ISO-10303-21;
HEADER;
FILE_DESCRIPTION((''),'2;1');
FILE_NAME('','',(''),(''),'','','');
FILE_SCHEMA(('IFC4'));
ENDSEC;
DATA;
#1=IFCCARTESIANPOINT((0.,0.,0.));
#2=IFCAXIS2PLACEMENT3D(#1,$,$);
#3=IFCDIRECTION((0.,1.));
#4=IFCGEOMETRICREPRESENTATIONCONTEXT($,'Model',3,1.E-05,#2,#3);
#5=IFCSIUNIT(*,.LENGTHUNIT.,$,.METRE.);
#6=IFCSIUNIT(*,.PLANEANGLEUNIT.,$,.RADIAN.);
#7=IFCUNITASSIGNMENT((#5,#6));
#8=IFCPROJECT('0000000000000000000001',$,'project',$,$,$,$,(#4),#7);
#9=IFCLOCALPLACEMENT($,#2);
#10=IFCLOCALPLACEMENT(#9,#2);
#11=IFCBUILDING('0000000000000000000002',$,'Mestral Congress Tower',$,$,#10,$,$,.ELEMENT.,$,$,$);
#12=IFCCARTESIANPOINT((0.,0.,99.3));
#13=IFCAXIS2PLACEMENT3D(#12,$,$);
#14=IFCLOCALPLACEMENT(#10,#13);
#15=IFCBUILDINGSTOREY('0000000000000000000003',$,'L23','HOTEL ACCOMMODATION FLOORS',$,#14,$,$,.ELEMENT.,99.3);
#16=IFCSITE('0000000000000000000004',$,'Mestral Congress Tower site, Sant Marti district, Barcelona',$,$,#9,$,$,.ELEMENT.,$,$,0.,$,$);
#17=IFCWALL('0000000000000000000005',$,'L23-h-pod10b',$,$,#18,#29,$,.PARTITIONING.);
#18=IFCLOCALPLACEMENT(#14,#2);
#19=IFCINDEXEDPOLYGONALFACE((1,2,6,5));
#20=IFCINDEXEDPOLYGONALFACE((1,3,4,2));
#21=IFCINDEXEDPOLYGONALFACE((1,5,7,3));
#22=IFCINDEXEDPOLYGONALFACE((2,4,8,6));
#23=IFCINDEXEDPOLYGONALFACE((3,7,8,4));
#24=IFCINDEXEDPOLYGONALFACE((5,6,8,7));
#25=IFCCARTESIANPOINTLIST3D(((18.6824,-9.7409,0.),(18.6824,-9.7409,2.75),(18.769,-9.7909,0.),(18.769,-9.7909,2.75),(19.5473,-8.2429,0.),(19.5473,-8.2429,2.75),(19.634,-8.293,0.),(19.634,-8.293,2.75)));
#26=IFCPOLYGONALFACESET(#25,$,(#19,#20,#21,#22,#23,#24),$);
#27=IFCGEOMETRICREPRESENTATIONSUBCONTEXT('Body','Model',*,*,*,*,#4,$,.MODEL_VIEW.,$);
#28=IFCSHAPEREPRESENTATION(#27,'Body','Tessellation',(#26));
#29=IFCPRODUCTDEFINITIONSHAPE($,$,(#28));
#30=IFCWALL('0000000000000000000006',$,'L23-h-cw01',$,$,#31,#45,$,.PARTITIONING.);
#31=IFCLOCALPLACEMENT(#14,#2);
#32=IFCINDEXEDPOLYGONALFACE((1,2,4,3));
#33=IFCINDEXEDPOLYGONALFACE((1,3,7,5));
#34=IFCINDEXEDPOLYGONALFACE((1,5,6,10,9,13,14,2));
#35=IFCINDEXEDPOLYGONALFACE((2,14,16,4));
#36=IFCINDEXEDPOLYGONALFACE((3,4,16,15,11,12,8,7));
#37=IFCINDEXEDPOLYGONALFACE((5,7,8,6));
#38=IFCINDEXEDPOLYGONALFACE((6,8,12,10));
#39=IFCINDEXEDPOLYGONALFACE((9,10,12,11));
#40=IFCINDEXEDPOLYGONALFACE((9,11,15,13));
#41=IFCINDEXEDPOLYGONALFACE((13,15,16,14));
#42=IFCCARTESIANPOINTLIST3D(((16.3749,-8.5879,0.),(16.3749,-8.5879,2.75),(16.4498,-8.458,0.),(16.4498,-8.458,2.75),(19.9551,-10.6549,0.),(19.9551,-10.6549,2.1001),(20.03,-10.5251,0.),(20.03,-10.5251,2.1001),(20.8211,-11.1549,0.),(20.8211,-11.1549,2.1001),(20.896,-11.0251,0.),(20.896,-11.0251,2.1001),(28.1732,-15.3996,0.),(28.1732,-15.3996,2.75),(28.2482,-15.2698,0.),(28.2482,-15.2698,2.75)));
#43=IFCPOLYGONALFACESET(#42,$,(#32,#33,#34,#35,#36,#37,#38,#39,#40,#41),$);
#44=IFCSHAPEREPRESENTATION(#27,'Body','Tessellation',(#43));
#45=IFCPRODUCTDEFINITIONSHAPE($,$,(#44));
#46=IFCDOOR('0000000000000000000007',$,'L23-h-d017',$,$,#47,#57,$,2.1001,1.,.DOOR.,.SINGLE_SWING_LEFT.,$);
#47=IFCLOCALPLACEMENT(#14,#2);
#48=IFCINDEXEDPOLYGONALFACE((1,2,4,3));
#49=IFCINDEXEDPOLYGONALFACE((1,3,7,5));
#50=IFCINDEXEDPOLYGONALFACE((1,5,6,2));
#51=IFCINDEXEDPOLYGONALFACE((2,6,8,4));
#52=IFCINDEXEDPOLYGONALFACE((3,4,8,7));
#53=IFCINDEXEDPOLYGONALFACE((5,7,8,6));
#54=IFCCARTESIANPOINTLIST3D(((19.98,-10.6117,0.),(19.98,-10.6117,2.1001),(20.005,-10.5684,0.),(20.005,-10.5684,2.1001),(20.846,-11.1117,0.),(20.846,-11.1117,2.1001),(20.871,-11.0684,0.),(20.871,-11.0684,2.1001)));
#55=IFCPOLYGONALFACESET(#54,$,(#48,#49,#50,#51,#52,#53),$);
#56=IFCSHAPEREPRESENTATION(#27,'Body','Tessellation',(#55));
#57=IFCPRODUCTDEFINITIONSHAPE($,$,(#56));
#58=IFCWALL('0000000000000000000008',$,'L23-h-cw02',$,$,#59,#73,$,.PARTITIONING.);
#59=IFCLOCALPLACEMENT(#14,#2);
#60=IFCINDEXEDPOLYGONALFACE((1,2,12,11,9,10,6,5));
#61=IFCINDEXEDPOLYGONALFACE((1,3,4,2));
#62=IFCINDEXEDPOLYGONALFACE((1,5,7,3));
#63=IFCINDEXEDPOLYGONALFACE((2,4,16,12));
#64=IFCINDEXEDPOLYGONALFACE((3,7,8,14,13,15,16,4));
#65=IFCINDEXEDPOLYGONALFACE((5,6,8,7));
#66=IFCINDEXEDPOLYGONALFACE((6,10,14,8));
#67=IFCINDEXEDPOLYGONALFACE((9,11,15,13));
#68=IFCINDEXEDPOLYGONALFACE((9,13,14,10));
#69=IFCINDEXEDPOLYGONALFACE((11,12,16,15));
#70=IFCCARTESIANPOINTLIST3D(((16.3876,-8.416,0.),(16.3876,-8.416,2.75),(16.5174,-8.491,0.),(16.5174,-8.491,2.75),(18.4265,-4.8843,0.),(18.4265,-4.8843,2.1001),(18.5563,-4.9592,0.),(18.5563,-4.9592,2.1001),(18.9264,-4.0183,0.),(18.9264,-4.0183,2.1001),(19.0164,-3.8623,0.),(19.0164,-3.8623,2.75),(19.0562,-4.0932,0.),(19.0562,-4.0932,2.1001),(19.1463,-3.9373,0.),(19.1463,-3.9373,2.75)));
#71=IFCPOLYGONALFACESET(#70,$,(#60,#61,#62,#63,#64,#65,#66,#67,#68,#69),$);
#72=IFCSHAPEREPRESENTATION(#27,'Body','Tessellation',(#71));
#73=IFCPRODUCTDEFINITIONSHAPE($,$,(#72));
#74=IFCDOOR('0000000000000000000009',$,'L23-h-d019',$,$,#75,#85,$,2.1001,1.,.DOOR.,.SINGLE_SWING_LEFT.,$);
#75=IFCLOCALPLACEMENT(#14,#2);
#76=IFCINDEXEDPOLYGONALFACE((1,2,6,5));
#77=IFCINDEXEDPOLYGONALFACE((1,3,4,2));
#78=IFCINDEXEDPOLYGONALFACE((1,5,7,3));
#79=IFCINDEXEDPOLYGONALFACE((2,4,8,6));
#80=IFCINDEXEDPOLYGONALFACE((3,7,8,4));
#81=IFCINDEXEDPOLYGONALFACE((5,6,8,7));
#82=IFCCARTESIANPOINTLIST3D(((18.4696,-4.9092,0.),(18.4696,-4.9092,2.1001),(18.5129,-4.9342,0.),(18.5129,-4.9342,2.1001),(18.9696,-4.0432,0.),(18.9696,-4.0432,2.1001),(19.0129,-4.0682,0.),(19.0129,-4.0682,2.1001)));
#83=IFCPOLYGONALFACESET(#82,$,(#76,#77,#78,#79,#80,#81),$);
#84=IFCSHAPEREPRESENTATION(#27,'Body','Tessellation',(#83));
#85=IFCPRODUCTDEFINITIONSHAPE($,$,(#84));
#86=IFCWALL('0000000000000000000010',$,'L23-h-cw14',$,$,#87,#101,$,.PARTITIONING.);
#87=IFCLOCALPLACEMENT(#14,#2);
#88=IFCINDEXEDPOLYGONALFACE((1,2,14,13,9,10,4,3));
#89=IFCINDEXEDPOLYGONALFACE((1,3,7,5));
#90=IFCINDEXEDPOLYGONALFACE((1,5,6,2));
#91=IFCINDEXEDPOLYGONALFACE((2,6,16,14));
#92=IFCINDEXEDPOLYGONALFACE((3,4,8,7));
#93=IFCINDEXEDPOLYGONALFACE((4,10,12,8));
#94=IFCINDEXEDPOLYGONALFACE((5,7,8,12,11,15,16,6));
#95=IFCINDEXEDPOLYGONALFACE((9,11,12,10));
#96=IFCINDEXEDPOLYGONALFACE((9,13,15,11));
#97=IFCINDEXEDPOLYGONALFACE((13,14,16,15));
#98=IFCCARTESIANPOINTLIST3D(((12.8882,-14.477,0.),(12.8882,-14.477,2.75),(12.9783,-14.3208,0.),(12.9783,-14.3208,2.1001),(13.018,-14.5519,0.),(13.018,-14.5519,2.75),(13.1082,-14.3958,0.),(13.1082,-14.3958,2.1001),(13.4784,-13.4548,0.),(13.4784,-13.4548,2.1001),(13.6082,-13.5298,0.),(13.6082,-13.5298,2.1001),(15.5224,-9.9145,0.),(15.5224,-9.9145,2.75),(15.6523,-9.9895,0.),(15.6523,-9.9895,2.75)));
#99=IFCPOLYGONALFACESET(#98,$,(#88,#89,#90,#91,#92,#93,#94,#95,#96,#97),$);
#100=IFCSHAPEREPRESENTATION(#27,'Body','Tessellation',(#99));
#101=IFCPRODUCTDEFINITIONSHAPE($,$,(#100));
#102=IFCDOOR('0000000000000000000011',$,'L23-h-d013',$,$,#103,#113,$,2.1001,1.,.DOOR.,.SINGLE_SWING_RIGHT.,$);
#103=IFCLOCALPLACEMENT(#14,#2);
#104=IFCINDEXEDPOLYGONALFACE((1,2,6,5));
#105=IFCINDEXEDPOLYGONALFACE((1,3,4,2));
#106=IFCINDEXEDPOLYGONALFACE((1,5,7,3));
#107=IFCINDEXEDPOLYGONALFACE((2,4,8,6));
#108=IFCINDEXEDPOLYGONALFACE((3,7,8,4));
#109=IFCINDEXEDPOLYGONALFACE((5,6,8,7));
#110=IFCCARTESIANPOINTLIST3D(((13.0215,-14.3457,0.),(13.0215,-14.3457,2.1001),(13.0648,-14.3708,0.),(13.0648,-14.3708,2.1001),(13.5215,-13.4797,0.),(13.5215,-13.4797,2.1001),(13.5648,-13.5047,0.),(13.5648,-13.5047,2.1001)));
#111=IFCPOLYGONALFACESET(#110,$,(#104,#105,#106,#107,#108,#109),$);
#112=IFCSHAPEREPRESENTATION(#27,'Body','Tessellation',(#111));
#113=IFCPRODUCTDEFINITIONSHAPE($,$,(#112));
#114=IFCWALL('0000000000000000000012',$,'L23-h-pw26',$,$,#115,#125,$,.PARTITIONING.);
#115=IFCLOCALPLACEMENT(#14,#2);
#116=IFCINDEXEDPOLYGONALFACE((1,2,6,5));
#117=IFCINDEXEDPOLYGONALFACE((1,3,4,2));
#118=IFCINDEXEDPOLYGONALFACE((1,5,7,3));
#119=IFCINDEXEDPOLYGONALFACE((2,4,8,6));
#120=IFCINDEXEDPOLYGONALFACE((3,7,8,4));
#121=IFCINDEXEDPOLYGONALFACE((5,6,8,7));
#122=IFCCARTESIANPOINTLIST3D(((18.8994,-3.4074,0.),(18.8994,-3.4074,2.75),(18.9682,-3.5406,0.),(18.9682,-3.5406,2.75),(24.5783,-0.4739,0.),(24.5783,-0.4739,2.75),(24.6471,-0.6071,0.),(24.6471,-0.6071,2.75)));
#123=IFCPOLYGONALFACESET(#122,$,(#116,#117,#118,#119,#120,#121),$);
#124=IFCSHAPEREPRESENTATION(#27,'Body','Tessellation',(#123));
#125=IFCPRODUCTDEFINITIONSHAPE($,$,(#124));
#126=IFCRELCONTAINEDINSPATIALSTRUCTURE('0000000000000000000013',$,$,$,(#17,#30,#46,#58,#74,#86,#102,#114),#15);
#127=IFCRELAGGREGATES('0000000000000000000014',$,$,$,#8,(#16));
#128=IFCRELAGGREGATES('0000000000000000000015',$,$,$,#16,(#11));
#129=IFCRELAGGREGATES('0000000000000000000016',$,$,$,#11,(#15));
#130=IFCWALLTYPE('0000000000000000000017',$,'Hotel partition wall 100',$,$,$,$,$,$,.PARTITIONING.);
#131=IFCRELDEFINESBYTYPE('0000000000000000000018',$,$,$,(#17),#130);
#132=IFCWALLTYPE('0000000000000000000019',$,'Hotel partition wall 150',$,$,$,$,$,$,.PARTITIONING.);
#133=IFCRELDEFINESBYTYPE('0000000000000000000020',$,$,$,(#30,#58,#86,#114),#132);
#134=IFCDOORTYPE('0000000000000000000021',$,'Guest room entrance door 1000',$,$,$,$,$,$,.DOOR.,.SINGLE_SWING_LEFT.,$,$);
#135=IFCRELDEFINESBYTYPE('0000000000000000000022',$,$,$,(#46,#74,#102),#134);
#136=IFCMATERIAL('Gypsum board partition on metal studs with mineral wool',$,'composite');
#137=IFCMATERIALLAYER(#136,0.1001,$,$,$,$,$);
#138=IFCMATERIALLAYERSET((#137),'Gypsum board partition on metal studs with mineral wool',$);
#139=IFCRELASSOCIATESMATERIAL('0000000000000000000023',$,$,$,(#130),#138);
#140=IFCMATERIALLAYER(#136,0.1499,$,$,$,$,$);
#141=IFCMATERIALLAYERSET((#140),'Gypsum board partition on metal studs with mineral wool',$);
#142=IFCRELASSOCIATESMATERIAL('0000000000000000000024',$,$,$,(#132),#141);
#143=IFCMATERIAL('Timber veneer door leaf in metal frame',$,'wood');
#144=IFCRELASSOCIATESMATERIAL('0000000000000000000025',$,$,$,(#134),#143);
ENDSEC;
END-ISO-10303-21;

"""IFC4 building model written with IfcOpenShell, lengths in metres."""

from ifc_helpers import new_model, si_unit, direction, frame, frame_2d, origin, place, context, subcontext, project, spatial, rectangle, extrude, material, layer, layer_set, type_object, element, fill, save


model = new_model("IFC4")

# Units and contexts
model_context = context("Model", 3, precision=1e-05, world=origin(), true_north=direction((0.0, 1.0)))
body_context = subcontext(model_context, "Body", "Model", "MODEL_VIEW")
ifc_project = project(units=[si_unit("LENGTHUNIT", "METRE"), si_unit("PLANEANGLEUNIT", "RADIAN")], contexts=[model_context])

# Site, building, storey
site_placement = place(None, origin())
site = spatial("IfcSite", under=ifc_project, at=site_placement, Name="Mestral Congress Tower site, Sant Marti district, Barcelona", CompositionType="ELEMENT", RefElevation=0.0)
building_placement = place(site_placement, origin())
building = spatial("IfcBuilding", under=site, at=building_placement, Name="Mestral Congress Tower", CompositionType="ELEMENT")
storey_placement = place(building_placement, frame((0.0, 0.0, 99.3)))
storey = spatial("IfcBuildingStorey", under=building, at=storey_placement, Name="L23", Description="HOTEL ACCOMMODATION FLOORS", CompositionType="ELEMENT", Elevation=99.3)

# Shared definitions
ifc_material_1 = material(Name="Gypsum board partition on metal studs with mineral wool", Category="composite")
ifc_layer_1 = layer(ifc_material_1, 0.1001)
ifc_layer_set_1 = layer_set([ifc_layer_1], Name="Gypsum board partition on metal studs with mineral wool")
wall_type_1 = type_object("IfcWallType", Name="Hotel partition wall 100", PredefinedType="PARTITIONING", material=ifc_layer_set_1)

# Wall
wall_1_placement = place(storey_placement, frame((19.5906, -8.2681, 0.0), z_axis=(0.0, 0.0, 1.0), x_axis=(-0.50004, -0.866002, 0.0)))
element("IfcWall", 1, at=wall_1_placement, inside=storey, type_object=wall_type_1, Name="L23-h-pod10b", PredefinedType="PARTITIONING", context=body_context, shape_type="SweptSolid", body=[
    extrude(rectangle(XDim=1.7297, YDim=0.1001, at=frame_2d((0.8647, 0.0))), origin(), (0.0, 0.0, 1.0), 2.75),
])

# Walls, openings, doors
ifc_layer_2 = layer(ifc_material_1, 0.1499)
ifc_layer_set_2 = layer_set([ifc_layer_2], Name="Gypsum board partition on metal studs with mineral wool")
wall_type_2 = type_object("IfcWallType", Name="Hotel partition wall 150", PredefinedType="PARTITIONING", material=ifc_layer_set_2)
wall_2_placement = place(storey_placement, frame((16.4124, -8.5229, 0.0), z_axis=(0.0, 0.0, 1.0), x_axis=(0.866026, -0.5, 0.0)))
wall_2 = element("IfcWall", 2, at=wall_2_placement, inside=storey, type_object=wall_type_2, Name="L23-h-cw01", PredefinedType="PARTITIONING", context=body_context, shape_type="SweptSolid", body=[
    extrude(rectangle(XDim=13.6235, YDim=0.1499, at=frame_2d((6.8118, 0.0))), origin(), (0.0, 0.0, 1.0), 2.75),
])
opening_1_placement = place(wall_2_placement, frame((4.134, 0.0, 0.0)))
opening_1 = element("IfcOpeningElement", 3, at=opening_1_placement, cuts=wall_2, PredefinedType="OPENING", context=body_context, shape_type="SweptSolid", body=[
    extrude(rectangle(XDim=1.0, YDim=2.1001, at=frame_2d((0.5, 1.05))), frame((0.0, 0.085, 0.0), z_axis=(0.0, -1.0, 0.0), x_axis=(1.0, 0.0, 0.0)), (0.0, 0.0, 1.0), 0.1699),
])
ifc_material_2 = material(Name="Timber veneer door leaf in metal frame", Category="wood")
door_type_1 = type_object("IfcDoorType", Name="Guest room entrance door 1000", OperationType="SINGLE_SWING_LEFT", PredefinedType="DOOR", material=ifc_material_2)
door_1_placement = place(opening_1_placement, origin())
door_1 = element("IfcDoor", 4, at=door_1_placement, inside=storey, type_object=door_type_1, Name="L23-h-d017", OperationType="SINGLE_SWING_LEFT", OverallHeight=2.1001, OverallWidth=1.0, PredefinedType="DOOR", context=body_context, shape_type="SweptSolid", body=[
    extrude(rectangle(XDim=1.0, YDim=2.1001, at=frame_2d((0.5, 1.05))), frame((0.0, 0.0249, 0.0), z_axis=(0.0, -1.0, 0.0), x_axis=(1.0, 0.0, 0.0)), (0.0, 0.0, 1.0), 0.05),
])
fill(opening_1, door_1)
wall_3_placement = place(storey_placement, frame((19.0813, -3.8999, 0.0), z_axis=(0.0, 0.0, 1.0), x_axis=(-0.499974, -0.86604, 0.0)))
wall_3 = element("IfcWall", 5, at=wall_3_placement, inside=storey, type_object=wall_type_2, Name="L23-h-cw02", PredefinedType="PARTITIONING", context=body_context, shape_type="SweptSolid", body=[
    extrude(rectangle(XDim=5.2581, YDim=0.1499, at=frame_2d((2.6289, 0.0))), origin(), (0.0, 0.0, 1.0), 2.75),
])
opening_2_placement = place(wall_3_placement, frame((0.1799, 0.0, 0.0)))
opening_2 = element("IfcOpeningElement", 6, at=opening_2_placement, cuts=wall_3, PredefinedType="OPENING", context=body_context, shape_type="SweptSolid", body=[
    extrude(rectangle(XDim=1.0, YDim=2.1001, at=frame_2d((0.5, 1.05))), frame((0.0, 0.085, 0.0), z_axis=(0.0, -1.0, 0.0), x_axis=(1.0, 0.0, 0.0)), (0.0, 0.0, 1.0), 0.1699),
])
door_2_placement = place(opening_2_placement, origin())
door_2 = element("IfcDoor", 7, at=door_2_placement, inside=storey, type_object=door_type_1, Name="L23-h-d019", OperationType="SINGLE_SWING_LEFT", OverallHeight=2.1001, OverallWidth=1.0, PredefinedType="DOOR", context=body_context, shape_type="SweptSolid", body=[
    extrude(rectangle(XDim=1.0, YDim=2.1001, at=frame_2d((0.5, 1.05))), frame((0.0, 0.0249, 0.0), z_axis=(0.0, -1.0, 0.0), x_axis=(1.0, 0.0, 0.0)), (0.0, 0.0, 1.0), 0.05),
])
fill(opening_2, door_2)
wall_4_placement = place(storey_placement, frame((15.5874, -9.9519, 0.0), z_axis=(0.0, 0.0, 1.0), x_axis=(-0.500017, -0.866016, 0.0)))
wall_4 = element("IfcWall", 8, at=wall_4_placement, inside=storey, type_object=wall_type_2, Name="L23-h-cw14", PredefinedType="PARTITIONING", context=body_context, shape_type="SweptSolid", body=[
    extrude(rectangle(XDim=5.2683, YDim=0.1499, at=frame_2d((2.6343, 0.0))), origin(), (0.0, 0.0, 1.0), 2.75),
])
opening_3_placement = place(wall_4_placement, frame((4.0881, 0.0, 0.0)))
opening_3 = element("IfcOpeningElement", 9, at=opening_3_placement, cuts=wall_4, PredefinedType="OPENING", context=body_context, shape_type="SweptSolid", body=[
    extrude(rectangle(XDim=1.0, YDim=2.1001, at=frame_2d((0.5, 1.05))), frame((0.0, 0.085, 0.0), z_axis=(0.0, -1.0, 0.0), x_axis=(1.0, 0.0, 0.0)), (0.0, 0.0, 1.0), 0.1699),
])
door_3_placement = place(opening_3_placement, origin())
door_3 = element("IfcDoor", 10, at=door_3_placement, inside=storey, type_object=door_type_1, Name="L23-h-d013", OperationType="SINGLE_SWING_RIGHT", OverallHeight=2.1001, OverallWidth=1.0, PredefinedType="DOOR", context=body_context, shape_type="SweptSolid", body=[
    extrude(rectangle(XDim=1.0, YDim=2.1001, at=frame_2d((0.5, 1.05))), frame((0.0, 0.0249, 0.0), z_axis=(0.0, -1.0, 0.0), x_axis=(1.0, 0.0, 0.0)), (0.0, 0.0, 1.0), 0.05),
])
fill(opening_3, door_3)

# Wall
wall_5_placement = place(storey_placement, frame((24.6125, -0.5405, 0.0), z_axis=(0.0, 0.0, 1.0), x_axis=(-0.88846, -0.458954, 0.0)))
element("IfcWall", 11, at=wall_5_placement, inside=storey, type_object=wall_type_2, Name="L23-h-pw26", PredefinedType="PARTITIONING", context=body_context, shape_type="SweptSolid", body=[
    extrude(rectangle(XDim=6.3918, YDim=0.1499, at=frame_2d((3.1958, 0.0))), origin(), (0.0, 0.0, 1.0), 2.75),
])

save(model, "model.ifc")
